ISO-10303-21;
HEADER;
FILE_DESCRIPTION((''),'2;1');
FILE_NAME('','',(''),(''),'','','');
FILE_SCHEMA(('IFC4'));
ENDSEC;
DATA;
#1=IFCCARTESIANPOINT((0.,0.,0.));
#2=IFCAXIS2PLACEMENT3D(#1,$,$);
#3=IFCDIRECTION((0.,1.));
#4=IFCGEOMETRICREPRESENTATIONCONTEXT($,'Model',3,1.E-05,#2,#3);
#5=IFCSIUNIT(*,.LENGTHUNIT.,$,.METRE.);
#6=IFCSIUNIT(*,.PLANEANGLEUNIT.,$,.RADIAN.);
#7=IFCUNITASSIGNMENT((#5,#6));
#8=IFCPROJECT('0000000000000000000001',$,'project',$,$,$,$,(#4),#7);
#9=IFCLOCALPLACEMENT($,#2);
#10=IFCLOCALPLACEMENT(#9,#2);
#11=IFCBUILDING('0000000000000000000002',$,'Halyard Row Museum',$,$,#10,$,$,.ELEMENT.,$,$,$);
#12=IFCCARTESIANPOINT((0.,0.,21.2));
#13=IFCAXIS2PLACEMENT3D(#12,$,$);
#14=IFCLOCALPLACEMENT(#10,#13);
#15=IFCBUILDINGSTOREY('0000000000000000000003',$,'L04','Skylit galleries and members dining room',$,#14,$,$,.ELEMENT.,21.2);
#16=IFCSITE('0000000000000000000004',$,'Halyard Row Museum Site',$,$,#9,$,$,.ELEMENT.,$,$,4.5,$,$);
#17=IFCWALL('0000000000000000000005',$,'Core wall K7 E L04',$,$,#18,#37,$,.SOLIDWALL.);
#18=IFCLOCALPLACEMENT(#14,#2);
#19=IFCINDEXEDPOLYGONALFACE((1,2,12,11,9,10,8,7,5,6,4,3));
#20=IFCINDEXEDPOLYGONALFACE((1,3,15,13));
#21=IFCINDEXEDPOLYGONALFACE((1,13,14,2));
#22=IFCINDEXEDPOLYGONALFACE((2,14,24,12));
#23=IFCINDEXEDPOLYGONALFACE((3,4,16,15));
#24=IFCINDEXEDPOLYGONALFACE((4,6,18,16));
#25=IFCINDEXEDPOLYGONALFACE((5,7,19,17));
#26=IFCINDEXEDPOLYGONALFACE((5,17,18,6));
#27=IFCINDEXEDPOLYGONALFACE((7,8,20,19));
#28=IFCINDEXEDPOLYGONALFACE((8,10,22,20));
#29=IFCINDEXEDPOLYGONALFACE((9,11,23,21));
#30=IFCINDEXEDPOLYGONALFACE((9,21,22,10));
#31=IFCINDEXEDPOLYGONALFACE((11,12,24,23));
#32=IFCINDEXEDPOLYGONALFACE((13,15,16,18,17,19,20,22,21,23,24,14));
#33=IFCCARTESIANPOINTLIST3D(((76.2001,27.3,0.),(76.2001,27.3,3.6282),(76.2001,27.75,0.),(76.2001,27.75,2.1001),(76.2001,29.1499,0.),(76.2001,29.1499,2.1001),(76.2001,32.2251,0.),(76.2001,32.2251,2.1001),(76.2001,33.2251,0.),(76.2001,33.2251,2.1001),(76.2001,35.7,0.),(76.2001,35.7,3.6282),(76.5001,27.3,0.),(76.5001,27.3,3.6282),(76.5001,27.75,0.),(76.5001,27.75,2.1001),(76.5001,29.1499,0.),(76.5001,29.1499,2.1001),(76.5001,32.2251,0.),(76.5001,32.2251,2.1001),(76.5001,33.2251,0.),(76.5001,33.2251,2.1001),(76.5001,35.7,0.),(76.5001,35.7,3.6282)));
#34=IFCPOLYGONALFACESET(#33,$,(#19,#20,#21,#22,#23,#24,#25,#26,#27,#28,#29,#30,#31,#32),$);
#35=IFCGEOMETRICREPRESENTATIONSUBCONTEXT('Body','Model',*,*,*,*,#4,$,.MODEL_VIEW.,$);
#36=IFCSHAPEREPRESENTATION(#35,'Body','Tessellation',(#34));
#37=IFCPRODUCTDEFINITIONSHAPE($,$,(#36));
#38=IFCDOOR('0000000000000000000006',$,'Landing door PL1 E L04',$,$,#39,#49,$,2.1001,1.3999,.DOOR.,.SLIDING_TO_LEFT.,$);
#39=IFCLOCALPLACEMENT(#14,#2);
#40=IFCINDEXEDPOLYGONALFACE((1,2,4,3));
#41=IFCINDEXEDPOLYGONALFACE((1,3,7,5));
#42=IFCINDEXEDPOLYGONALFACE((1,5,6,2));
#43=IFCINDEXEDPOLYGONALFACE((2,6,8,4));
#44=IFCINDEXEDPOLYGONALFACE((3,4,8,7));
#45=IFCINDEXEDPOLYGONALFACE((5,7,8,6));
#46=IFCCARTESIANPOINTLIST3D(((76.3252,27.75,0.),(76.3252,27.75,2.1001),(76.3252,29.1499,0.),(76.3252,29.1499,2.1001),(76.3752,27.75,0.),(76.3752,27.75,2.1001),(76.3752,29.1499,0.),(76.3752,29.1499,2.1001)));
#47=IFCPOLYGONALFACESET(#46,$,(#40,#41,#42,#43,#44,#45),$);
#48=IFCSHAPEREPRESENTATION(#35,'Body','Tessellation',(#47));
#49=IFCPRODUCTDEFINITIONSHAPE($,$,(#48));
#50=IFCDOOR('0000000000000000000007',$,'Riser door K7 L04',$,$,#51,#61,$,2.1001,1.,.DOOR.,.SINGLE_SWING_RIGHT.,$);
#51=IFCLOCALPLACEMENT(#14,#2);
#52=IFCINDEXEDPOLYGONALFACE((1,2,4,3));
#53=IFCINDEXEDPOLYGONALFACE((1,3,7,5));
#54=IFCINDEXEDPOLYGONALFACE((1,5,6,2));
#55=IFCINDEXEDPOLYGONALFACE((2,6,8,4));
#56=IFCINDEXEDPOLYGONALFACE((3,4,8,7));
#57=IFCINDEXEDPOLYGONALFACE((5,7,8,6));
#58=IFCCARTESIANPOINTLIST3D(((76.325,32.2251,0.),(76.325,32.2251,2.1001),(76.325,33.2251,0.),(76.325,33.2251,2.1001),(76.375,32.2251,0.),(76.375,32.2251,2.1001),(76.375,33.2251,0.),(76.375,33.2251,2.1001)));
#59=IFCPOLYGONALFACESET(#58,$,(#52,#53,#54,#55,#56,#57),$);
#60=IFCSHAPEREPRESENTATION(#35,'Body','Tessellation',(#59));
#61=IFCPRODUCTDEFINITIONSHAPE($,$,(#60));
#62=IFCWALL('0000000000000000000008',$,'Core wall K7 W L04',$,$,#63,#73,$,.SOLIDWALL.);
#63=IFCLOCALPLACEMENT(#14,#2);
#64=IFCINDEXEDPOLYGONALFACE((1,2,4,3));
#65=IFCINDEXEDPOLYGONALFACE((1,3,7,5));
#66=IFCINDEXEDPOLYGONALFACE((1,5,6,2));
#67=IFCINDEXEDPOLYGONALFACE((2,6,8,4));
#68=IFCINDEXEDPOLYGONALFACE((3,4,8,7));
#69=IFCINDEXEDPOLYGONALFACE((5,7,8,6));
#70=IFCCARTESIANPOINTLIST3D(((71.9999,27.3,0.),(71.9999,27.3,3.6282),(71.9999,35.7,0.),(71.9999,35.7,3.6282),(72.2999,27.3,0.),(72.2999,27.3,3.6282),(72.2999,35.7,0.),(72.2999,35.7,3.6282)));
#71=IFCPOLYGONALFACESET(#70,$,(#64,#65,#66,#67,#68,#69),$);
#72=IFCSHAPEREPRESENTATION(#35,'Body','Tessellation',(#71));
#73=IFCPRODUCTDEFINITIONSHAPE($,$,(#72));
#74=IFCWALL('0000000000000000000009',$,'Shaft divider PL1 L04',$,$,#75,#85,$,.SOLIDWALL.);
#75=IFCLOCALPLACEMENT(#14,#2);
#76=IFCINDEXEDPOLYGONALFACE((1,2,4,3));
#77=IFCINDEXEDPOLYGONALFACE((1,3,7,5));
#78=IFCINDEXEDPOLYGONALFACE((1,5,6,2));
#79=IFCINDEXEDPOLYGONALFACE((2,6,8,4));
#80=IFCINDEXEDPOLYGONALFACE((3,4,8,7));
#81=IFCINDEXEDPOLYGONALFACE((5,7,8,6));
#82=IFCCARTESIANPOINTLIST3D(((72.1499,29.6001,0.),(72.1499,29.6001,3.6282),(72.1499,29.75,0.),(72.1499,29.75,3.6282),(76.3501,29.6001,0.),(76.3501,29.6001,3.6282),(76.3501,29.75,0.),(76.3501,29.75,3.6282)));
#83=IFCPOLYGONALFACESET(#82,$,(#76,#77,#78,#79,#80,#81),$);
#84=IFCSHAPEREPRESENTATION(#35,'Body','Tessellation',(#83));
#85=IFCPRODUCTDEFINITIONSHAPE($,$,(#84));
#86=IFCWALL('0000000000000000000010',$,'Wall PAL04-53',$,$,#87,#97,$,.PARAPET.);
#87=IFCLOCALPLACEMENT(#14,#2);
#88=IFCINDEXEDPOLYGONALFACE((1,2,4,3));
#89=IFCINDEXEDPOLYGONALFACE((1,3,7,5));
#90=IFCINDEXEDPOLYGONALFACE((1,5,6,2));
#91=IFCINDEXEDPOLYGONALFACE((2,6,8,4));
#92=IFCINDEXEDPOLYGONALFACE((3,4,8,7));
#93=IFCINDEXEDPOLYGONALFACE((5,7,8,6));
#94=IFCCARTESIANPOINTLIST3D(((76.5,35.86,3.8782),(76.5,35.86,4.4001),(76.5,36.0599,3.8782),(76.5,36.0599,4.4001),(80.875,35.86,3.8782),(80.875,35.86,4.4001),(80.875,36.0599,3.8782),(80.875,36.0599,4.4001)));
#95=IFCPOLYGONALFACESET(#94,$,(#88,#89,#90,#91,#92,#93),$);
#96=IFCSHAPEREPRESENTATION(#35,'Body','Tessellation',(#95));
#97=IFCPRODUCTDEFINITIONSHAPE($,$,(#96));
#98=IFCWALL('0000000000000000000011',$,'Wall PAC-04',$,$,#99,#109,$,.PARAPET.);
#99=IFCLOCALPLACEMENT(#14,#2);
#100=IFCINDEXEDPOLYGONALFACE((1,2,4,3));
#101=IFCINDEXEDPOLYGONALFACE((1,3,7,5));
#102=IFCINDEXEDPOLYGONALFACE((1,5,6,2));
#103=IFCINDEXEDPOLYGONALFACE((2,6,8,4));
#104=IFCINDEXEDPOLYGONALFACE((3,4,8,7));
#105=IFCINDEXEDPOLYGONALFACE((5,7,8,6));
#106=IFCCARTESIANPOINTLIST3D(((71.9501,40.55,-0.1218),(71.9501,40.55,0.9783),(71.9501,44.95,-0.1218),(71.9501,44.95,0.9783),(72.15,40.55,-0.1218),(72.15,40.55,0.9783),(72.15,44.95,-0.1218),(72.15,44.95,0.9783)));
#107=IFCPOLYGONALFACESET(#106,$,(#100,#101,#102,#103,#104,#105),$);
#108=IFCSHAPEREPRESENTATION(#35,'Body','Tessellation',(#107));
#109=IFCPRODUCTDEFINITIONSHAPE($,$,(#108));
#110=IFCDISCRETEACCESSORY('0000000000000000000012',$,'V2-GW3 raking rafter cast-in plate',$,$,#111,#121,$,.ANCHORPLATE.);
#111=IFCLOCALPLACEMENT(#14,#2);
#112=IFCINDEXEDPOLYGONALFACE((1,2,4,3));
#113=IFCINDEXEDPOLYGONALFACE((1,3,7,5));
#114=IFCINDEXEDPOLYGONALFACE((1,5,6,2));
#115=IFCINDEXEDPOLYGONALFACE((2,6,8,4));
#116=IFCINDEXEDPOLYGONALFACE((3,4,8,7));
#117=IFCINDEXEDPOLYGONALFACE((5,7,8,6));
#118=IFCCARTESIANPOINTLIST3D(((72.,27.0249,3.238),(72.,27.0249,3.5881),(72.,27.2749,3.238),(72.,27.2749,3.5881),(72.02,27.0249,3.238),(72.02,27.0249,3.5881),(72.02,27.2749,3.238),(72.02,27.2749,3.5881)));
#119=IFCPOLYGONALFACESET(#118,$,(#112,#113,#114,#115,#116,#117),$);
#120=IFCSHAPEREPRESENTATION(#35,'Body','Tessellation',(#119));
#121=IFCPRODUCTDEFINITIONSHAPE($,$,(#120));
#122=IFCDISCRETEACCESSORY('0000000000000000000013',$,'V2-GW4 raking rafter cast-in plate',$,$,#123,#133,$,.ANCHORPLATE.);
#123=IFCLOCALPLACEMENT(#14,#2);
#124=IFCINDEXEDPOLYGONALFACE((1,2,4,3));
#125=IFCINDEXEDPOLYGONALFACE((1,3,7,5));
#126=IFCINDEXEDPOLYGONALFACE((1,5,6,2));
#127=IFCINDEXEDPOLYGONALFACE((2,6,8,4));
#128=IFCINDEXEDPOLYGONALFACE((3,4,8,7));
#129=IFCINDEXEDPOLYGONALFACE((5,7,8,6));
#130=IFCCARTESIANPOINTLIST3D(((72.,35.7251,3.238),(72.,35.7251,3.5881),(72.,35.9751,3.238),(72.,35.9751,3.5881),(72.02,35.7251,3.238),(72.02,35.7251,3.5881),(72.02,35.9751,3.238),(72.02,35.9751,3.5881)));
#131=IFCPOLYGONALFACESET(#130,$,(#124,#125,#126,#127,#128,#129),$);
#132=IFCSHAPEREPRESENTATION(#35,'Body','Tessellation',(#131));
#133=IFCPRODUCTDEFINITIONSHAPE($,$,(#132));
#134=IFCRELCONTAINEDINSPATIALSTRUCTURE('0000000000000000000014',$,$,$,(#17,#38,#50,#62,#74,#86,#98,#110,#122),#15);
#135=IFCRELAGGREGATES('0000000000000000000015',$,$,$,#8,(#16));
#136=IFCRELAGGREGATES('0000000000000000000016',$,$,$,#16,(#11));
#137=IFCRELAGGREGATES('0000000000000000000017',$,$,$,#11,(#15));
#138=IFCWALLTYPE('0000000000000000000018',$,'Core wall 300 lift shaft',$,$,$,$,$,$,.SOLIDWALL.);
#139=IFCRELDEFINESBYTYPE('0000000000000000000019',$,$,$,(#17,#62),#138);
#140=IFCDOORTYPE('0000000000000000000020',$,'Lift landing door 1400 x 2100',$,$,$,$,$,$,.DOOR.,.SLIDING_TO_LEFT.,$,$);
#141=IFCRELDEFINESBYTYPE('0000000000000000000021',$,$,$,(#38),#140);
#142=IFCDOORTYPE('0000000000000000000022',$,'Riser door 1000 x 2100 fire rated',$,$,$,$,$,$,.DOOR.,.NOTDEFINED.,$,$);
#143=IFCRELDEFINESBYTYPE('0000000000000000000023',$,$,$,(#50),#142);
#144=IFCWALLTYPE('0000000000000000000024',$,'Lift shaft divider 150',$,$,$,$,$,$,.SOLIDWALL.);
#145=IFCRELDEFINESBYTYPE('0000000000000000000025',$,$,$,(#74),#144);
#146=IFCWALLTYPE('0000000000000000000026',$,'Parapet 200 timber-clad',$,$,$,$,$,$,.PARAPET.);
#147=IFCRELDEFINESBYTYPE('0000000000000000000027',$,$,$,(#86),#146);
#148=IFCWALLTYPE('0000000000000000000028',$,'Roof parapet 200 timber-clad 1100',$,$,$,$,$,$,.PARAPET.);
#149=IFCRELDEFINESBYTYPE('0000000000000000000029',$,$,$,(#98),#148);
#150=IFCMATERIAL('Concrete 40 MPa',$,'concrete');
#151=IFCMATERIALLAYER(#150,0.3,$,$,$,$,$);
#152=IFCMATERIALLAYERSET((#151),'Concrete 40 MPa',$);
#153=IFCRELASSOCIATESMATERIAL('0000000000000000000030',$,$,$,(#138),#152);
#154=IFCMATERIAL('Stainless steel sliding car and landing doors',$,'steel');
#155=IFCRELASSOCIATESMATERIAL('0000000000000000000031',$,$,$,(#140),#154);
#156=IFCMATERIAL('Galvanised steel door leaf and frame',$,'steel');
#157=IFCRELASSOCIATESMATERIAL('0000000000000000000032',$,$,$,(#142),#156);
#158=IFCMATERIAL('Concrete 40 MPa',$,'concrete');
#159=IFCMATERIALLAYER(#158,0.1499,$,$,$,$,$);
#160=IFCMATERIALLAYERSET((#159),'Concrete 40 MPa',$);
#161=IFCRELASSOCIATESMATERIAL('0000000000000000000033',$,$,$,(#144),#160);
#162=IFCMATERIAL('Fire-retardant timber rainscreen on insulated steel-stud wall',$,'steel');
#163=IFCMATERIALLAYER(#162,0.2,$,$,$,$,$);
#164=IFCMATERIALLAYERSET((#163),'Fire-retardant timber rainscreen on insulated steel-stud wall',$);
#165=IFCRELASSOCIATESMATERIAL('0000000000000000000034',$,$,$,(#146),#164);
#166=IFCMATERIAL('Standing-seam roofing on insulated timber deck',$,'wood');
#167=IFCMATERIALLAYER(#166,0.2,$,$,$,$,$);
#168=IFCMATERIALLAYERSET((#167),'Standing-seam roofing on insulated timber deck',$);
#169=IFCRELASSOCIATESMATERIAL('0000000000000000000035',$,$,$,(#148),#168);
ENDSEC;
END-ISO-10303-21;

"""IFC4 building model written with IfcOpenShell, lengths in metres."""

from ifc_helpers import new_model, si_unit, direction, frame, frame_2d, origin, origin_2d, place, context, subcontext, project, spatial, rectangle, extrude, material, layer, layer_set, type_object, element, fill, save


model = new_model("IFC4")

# Units and contexts
model_context = context("Model", 3, precision=1e-05, world=origin(), true_north=direction((0.0, 1.0)))
body_context = subcontext(model_context, "Body", "Model", "MODEL_VIEW")
ifc_project = project(units=[si_unit("LENGTHUNIT", "METRE"), si_unit("PLANEANGLEUNIT", "RADIAN")], contexts=[model_context])

# Site, building, storey
site_placement = place(None, origin())
site = spatial("IfcSite", under=ifc_project, at=site_placement, Name="Halyard Row Museum Site", CompositionType="ELEMENT", RefElevation=4.5)
building_placement = place(site_placement, origin())
building = spatial("IfcBuilding", under=site, at=building_placement, Name="Halyard Row Museum", CompositionType="ELEMENT")
storey_placement = place(building_placement, frame((0.0, 0.0, 21.2)))
storey = spatial("IfcBuildingStorey", under=building, at=storey_placement, Name="L04", Description="Skylit galleries and members dining room", CompositionType="ELEMENT", Elevation=21.2)

# Wall, openings, doors
ifc_material_1 = material(Name="Concrete 40 MPa", Category="concrete")
ifc_layer_1 = layer(ifc_material_1, 0.3)
ifc_layer_set_1 = layer_set([ifc_layer_1], Name="Concrete 40 MPa")
wall_type_1 = type_object("IfcWallType", Name="Core wall 300 lift shaft", PredefinedType="SOLIDWALL", material=ifc_layer_set_1)
wall_1_placement = place(storey_placement, frame((76.3501, 27.3, 0.0), z_axis=(0.0, 0.0, 1.0), x_axis=(0.0, 1.0, 0.0)))
wall_1 = element("IfcWall", 1, at=wall_1_placement, inside=storey, type_object=wall_type_1, Name="Core wall K7 E L04", PredefinedType="SOLIDWALL", context=body_context, shape_type="SweptSolid", body=[
    extrude(rectangle(XDim=8.3999, YDim=0.3, at=frame_2d((4.2, 0.0))), origin(), (0.0, 0.0, 1.0), 3.6282),
])
opening_1_placement = place(wall_1_placement, frame((0.45, 0.0, 0.0)))
opening_1 = element("IfcOpeningElement", 2, at=opening_1_placement, cuts=wall_1, PredefinedType="OPENING", context=body_context, shape_type="SweptSolid", body=[
    extrude(rectangle(XDim=1.3999, YDim=2.1001, at=frame_2d((0.7, 1.05))), frame((0.0, 0.1599, 0.0), z_axis=(0.0, -1.0, 0.0), x_axis=(1.0, 0.0, 0.0)), (0.0, 0.0, 1.0), 0.3201),
])
opening_2_placement = place(wall_1_placement, frame((4.925, 0.0, 0.0)))
opening_2 = element("IfcOpeningElement", 3, at=opening_2_placement, cuts=wall_1, PredefinedType="OPENING", context=body_context, shape_type="SweptSolid", body=[
    extrude(rectangle(XDim=1.0, YDim=2.1001, at=frame_2d((0.5, 1.05))), frame((0.0, 0.1599, 0.0), z_axis=(0.0, -1.0, 0.0), x_axis=(1.0, 0.0, 0.0)), (0.0, 0.0, 1.0), 0.3201),
])
ifc_material_2 = material(Name="Stainless steel sliding car and landing doors", Category="steel")
door_type_1 = type_object("IfcDoorType", Name="Lift landing door 1400 x 2100", OperationType="SLIDING_TO_LEFT", PredefinedType="DOOR", material=ifc_material_2)
door_1_placement = place(opening_1_placement, origin())
door_1 = element("IfcDoor", 4, at=door_1_placement, inside=storey, type_object=door_type_1, Name="Landing door PL1 E L04", OperationType="SLIDING_TO_LEFT", OverallHeight=2.1001, OverallWidth=1.3999, PredefinedType="DOOR", context=body_context, shape_type="SweptSolid", body=[
    extrude(rectangle(XDim=1.3999, YDim=2.1001, at=frame_2d((0.7, 1.05))), frame((0.0, 0.0249, 0.0), z_axis=(0.0, -1.0, 0.0), x_axis=(1.0, 0.0, 0.0)), (0.0, 0.0, 1.0), 0.05),
])
fill(opening_1, door_1)
ifc_material_3 = material(Name="Galvanised steel door leaf and frame", Category="steel")
door_type_2 = type_object("IfcDoorType", Name="Riser door 1000 x 2100 fire rated", OperationType="NOTDEFINED", PredefinedType="DOOR", material=ifc_material_3)
door_2_placement = place(opening_2_placement, frame((1.0, 0.0, 0.0), z_axis=(0.0, 0.0, 1.0), x_axis=(-1.0, 0.0, 0.0)))
door_2 = element("IfcDoor", 5, at=door_2_placement, inside=storey, type_object=door_type_2, Name="Riser door K7 L04", OperationType="SINGLE_SWING_RIGHT", OverallHeight=2.1001, OverallWidth=1.0, PredefinedType="DOOR", context=body_context, shape_type="SweptSolid", body=[
    extrude(rectangle(XDim=1.0, YDim=2.1001, at=frame_2d((0.5, 1.05))), frame((0.0, 0.0249, 0.0), z_axis=(0.0, -1.0, 0.0), x_axis=(1.0, 0.0, 0.0)), (0.0, 0.0, 1.0), 0.05),
])
fill(opening_2, door_2)

# Walls
wall_2_placement = place(storey_placement, frame((72.1499, 27.3, 0.0), z_axis=(0.0, 0.0, 1.0), x_axis=(0.0, 1.0, 0.0)))
element("IfcWall", 6, at=wall_2_placement, inside=storey, type_object=wall_type_1, Name="Core wall K7 W L04", PredefinedType="SOLIDWALL", context=body_context, shape_type="SweptSolid", body=[
    extrude(rectangle(XDim=8.3999, YDim=0.3, at=frame_2d((4.2, 0.0))), origin(), (0.0, 0.0, 1.0), 3.6282),
])
ifc_material_4 = material(Name="Concrete 40 MPa", Category="concrete")
ifc_layer_2 = layer(ifc_material_4, 0.1499)
ifc_layer_set_2 = layer_set([ifc_layer_2], Name="Concrete 40 MPa")
wall_type_2 = type_object("IfcWallType", Name="Lift shaft divider 150", PredefinedType="SOLIDWALL", material=ifc_layer_set_2)
wall_3_placement = place(storey_placement, frame((72.1499, 29.675, 0.0), z_axis=(0.0, 0.0, 1.0), x_axis=(1.0, 0.0, 0.0)))
element("IfcWall", 7, at=wall_3_placement, inside=storey, type_object=wall_type_2, Name="Shaft divider PL1 L04", PredefinedType="SOLIDWALL", context=body_context, shape_type="SweptSolid", body=[
    extrude(rectangle(XDim=4.2002, YDim=0.1499, at=frame_2d((2.1001, 0.0))), origin(), (0.0, 0.0, 1.0), 3.6282),
])
ifc_material_5 = material(Name="Fire-retardant timber rainscreen on insulated steel-stud wall", Category="steel")
ifc_layer_3 = layer(ifc_material_5, 0.2)
ifc_layer_set_3 = layer_set([ifc_layer_3], Name="Fire-retardant timber rainscreen on insulated steel-stud wall")
wall_type_3 = type_object("IfcWallType", Name="Parapet 200 timber-clad", PredefinedType="PARAPET", material=ifc_layer_set_3)
wall_4_placement = place(storey_placement, frame((76.5, 35.96, 3.8782), z_axis=(0.0, 0.0, 1.0), x_axis=(1.0, 0.0, 0.0)))
element("IfcWall", 8, at=wall_4_placement, inside=storey, type_object=wall_type_3, Name="Wall PAL04-53", PredefinedType="PARAPET", context=body_context, shape_type="SweptSolid", body=[
    extrude(rectangle(XDim=4.375, YDim=0.2, at=frame_2d((2.1875, 0.0))), origin(), (0.0, 0.0, 1.0), 0.522),
])
ifc_material_6 = material(Name="Standing-seam roofing on insulated timber deck", Category="wood")
ifc_layer_4 = layer(ifc_material_6, 0.2)
ifc_layer_set_4 = layer_set([ifc_layer_4], Name="Standing-seam roofing on insulated timber deck")
wall_type_4 = type_object("IfcWallType", Name="Roof parapet 200 timber-clad 1100", PredefinedType="PARAPET", material=ifc_layer_set_4)
wall_5_placement = place(storey_placement, frame((72.05, 40.55, -0.1218), z_axis=(0.0, 0.0, 1.0), x_axis=(0.0, 1.0, 0.0)))
element("IfcWall", 9, at=wall_5_placement, inside=storey, type_object=wall_type_4, Name="Wall PAC-04", PredefinedType="PARAPET", context=body_context, shape_type="SweptSolid", body=[
    extrude(rectangle(XDim=4.3999, YDim=0.2, at=frame_2d((2.2, 0.0))), origin(), (0.0, 0.0, 1.0), 1.1001),
])

# Discrete accessories
for number, where, z_axis, x_axis, name in (
    (10, (72.0, 27.1499, 3.4131), (1.0, 0.0, 0.0), (0.0, 1.0, 0.0), "V2-GW3 raking rafter cast-in plate"),
    (11, (72.0, 35.8501, 3.4131), (1.0, 0.0, 0.0), (0.0, 1.0, 0.0), "V2-GW4 raking rafter cast-in plate"),
):
    element("IfcDiscreteAccessory", number, at=place(storey_placement, frame(where, z_axis=z_axis, x_axis=x_axis)), inside=storey, Name=name, PredefinedType="ANCHORPLATE", context=body_context, shape_type="SweptSolid", body=[
        extrude(rectangle(XDim=0.25, YDim=0.3501, at=origin_2d()), origin(), (0.0, 0.0, 1.0), 0.02),
    ])

save(model, "model.ifc")
